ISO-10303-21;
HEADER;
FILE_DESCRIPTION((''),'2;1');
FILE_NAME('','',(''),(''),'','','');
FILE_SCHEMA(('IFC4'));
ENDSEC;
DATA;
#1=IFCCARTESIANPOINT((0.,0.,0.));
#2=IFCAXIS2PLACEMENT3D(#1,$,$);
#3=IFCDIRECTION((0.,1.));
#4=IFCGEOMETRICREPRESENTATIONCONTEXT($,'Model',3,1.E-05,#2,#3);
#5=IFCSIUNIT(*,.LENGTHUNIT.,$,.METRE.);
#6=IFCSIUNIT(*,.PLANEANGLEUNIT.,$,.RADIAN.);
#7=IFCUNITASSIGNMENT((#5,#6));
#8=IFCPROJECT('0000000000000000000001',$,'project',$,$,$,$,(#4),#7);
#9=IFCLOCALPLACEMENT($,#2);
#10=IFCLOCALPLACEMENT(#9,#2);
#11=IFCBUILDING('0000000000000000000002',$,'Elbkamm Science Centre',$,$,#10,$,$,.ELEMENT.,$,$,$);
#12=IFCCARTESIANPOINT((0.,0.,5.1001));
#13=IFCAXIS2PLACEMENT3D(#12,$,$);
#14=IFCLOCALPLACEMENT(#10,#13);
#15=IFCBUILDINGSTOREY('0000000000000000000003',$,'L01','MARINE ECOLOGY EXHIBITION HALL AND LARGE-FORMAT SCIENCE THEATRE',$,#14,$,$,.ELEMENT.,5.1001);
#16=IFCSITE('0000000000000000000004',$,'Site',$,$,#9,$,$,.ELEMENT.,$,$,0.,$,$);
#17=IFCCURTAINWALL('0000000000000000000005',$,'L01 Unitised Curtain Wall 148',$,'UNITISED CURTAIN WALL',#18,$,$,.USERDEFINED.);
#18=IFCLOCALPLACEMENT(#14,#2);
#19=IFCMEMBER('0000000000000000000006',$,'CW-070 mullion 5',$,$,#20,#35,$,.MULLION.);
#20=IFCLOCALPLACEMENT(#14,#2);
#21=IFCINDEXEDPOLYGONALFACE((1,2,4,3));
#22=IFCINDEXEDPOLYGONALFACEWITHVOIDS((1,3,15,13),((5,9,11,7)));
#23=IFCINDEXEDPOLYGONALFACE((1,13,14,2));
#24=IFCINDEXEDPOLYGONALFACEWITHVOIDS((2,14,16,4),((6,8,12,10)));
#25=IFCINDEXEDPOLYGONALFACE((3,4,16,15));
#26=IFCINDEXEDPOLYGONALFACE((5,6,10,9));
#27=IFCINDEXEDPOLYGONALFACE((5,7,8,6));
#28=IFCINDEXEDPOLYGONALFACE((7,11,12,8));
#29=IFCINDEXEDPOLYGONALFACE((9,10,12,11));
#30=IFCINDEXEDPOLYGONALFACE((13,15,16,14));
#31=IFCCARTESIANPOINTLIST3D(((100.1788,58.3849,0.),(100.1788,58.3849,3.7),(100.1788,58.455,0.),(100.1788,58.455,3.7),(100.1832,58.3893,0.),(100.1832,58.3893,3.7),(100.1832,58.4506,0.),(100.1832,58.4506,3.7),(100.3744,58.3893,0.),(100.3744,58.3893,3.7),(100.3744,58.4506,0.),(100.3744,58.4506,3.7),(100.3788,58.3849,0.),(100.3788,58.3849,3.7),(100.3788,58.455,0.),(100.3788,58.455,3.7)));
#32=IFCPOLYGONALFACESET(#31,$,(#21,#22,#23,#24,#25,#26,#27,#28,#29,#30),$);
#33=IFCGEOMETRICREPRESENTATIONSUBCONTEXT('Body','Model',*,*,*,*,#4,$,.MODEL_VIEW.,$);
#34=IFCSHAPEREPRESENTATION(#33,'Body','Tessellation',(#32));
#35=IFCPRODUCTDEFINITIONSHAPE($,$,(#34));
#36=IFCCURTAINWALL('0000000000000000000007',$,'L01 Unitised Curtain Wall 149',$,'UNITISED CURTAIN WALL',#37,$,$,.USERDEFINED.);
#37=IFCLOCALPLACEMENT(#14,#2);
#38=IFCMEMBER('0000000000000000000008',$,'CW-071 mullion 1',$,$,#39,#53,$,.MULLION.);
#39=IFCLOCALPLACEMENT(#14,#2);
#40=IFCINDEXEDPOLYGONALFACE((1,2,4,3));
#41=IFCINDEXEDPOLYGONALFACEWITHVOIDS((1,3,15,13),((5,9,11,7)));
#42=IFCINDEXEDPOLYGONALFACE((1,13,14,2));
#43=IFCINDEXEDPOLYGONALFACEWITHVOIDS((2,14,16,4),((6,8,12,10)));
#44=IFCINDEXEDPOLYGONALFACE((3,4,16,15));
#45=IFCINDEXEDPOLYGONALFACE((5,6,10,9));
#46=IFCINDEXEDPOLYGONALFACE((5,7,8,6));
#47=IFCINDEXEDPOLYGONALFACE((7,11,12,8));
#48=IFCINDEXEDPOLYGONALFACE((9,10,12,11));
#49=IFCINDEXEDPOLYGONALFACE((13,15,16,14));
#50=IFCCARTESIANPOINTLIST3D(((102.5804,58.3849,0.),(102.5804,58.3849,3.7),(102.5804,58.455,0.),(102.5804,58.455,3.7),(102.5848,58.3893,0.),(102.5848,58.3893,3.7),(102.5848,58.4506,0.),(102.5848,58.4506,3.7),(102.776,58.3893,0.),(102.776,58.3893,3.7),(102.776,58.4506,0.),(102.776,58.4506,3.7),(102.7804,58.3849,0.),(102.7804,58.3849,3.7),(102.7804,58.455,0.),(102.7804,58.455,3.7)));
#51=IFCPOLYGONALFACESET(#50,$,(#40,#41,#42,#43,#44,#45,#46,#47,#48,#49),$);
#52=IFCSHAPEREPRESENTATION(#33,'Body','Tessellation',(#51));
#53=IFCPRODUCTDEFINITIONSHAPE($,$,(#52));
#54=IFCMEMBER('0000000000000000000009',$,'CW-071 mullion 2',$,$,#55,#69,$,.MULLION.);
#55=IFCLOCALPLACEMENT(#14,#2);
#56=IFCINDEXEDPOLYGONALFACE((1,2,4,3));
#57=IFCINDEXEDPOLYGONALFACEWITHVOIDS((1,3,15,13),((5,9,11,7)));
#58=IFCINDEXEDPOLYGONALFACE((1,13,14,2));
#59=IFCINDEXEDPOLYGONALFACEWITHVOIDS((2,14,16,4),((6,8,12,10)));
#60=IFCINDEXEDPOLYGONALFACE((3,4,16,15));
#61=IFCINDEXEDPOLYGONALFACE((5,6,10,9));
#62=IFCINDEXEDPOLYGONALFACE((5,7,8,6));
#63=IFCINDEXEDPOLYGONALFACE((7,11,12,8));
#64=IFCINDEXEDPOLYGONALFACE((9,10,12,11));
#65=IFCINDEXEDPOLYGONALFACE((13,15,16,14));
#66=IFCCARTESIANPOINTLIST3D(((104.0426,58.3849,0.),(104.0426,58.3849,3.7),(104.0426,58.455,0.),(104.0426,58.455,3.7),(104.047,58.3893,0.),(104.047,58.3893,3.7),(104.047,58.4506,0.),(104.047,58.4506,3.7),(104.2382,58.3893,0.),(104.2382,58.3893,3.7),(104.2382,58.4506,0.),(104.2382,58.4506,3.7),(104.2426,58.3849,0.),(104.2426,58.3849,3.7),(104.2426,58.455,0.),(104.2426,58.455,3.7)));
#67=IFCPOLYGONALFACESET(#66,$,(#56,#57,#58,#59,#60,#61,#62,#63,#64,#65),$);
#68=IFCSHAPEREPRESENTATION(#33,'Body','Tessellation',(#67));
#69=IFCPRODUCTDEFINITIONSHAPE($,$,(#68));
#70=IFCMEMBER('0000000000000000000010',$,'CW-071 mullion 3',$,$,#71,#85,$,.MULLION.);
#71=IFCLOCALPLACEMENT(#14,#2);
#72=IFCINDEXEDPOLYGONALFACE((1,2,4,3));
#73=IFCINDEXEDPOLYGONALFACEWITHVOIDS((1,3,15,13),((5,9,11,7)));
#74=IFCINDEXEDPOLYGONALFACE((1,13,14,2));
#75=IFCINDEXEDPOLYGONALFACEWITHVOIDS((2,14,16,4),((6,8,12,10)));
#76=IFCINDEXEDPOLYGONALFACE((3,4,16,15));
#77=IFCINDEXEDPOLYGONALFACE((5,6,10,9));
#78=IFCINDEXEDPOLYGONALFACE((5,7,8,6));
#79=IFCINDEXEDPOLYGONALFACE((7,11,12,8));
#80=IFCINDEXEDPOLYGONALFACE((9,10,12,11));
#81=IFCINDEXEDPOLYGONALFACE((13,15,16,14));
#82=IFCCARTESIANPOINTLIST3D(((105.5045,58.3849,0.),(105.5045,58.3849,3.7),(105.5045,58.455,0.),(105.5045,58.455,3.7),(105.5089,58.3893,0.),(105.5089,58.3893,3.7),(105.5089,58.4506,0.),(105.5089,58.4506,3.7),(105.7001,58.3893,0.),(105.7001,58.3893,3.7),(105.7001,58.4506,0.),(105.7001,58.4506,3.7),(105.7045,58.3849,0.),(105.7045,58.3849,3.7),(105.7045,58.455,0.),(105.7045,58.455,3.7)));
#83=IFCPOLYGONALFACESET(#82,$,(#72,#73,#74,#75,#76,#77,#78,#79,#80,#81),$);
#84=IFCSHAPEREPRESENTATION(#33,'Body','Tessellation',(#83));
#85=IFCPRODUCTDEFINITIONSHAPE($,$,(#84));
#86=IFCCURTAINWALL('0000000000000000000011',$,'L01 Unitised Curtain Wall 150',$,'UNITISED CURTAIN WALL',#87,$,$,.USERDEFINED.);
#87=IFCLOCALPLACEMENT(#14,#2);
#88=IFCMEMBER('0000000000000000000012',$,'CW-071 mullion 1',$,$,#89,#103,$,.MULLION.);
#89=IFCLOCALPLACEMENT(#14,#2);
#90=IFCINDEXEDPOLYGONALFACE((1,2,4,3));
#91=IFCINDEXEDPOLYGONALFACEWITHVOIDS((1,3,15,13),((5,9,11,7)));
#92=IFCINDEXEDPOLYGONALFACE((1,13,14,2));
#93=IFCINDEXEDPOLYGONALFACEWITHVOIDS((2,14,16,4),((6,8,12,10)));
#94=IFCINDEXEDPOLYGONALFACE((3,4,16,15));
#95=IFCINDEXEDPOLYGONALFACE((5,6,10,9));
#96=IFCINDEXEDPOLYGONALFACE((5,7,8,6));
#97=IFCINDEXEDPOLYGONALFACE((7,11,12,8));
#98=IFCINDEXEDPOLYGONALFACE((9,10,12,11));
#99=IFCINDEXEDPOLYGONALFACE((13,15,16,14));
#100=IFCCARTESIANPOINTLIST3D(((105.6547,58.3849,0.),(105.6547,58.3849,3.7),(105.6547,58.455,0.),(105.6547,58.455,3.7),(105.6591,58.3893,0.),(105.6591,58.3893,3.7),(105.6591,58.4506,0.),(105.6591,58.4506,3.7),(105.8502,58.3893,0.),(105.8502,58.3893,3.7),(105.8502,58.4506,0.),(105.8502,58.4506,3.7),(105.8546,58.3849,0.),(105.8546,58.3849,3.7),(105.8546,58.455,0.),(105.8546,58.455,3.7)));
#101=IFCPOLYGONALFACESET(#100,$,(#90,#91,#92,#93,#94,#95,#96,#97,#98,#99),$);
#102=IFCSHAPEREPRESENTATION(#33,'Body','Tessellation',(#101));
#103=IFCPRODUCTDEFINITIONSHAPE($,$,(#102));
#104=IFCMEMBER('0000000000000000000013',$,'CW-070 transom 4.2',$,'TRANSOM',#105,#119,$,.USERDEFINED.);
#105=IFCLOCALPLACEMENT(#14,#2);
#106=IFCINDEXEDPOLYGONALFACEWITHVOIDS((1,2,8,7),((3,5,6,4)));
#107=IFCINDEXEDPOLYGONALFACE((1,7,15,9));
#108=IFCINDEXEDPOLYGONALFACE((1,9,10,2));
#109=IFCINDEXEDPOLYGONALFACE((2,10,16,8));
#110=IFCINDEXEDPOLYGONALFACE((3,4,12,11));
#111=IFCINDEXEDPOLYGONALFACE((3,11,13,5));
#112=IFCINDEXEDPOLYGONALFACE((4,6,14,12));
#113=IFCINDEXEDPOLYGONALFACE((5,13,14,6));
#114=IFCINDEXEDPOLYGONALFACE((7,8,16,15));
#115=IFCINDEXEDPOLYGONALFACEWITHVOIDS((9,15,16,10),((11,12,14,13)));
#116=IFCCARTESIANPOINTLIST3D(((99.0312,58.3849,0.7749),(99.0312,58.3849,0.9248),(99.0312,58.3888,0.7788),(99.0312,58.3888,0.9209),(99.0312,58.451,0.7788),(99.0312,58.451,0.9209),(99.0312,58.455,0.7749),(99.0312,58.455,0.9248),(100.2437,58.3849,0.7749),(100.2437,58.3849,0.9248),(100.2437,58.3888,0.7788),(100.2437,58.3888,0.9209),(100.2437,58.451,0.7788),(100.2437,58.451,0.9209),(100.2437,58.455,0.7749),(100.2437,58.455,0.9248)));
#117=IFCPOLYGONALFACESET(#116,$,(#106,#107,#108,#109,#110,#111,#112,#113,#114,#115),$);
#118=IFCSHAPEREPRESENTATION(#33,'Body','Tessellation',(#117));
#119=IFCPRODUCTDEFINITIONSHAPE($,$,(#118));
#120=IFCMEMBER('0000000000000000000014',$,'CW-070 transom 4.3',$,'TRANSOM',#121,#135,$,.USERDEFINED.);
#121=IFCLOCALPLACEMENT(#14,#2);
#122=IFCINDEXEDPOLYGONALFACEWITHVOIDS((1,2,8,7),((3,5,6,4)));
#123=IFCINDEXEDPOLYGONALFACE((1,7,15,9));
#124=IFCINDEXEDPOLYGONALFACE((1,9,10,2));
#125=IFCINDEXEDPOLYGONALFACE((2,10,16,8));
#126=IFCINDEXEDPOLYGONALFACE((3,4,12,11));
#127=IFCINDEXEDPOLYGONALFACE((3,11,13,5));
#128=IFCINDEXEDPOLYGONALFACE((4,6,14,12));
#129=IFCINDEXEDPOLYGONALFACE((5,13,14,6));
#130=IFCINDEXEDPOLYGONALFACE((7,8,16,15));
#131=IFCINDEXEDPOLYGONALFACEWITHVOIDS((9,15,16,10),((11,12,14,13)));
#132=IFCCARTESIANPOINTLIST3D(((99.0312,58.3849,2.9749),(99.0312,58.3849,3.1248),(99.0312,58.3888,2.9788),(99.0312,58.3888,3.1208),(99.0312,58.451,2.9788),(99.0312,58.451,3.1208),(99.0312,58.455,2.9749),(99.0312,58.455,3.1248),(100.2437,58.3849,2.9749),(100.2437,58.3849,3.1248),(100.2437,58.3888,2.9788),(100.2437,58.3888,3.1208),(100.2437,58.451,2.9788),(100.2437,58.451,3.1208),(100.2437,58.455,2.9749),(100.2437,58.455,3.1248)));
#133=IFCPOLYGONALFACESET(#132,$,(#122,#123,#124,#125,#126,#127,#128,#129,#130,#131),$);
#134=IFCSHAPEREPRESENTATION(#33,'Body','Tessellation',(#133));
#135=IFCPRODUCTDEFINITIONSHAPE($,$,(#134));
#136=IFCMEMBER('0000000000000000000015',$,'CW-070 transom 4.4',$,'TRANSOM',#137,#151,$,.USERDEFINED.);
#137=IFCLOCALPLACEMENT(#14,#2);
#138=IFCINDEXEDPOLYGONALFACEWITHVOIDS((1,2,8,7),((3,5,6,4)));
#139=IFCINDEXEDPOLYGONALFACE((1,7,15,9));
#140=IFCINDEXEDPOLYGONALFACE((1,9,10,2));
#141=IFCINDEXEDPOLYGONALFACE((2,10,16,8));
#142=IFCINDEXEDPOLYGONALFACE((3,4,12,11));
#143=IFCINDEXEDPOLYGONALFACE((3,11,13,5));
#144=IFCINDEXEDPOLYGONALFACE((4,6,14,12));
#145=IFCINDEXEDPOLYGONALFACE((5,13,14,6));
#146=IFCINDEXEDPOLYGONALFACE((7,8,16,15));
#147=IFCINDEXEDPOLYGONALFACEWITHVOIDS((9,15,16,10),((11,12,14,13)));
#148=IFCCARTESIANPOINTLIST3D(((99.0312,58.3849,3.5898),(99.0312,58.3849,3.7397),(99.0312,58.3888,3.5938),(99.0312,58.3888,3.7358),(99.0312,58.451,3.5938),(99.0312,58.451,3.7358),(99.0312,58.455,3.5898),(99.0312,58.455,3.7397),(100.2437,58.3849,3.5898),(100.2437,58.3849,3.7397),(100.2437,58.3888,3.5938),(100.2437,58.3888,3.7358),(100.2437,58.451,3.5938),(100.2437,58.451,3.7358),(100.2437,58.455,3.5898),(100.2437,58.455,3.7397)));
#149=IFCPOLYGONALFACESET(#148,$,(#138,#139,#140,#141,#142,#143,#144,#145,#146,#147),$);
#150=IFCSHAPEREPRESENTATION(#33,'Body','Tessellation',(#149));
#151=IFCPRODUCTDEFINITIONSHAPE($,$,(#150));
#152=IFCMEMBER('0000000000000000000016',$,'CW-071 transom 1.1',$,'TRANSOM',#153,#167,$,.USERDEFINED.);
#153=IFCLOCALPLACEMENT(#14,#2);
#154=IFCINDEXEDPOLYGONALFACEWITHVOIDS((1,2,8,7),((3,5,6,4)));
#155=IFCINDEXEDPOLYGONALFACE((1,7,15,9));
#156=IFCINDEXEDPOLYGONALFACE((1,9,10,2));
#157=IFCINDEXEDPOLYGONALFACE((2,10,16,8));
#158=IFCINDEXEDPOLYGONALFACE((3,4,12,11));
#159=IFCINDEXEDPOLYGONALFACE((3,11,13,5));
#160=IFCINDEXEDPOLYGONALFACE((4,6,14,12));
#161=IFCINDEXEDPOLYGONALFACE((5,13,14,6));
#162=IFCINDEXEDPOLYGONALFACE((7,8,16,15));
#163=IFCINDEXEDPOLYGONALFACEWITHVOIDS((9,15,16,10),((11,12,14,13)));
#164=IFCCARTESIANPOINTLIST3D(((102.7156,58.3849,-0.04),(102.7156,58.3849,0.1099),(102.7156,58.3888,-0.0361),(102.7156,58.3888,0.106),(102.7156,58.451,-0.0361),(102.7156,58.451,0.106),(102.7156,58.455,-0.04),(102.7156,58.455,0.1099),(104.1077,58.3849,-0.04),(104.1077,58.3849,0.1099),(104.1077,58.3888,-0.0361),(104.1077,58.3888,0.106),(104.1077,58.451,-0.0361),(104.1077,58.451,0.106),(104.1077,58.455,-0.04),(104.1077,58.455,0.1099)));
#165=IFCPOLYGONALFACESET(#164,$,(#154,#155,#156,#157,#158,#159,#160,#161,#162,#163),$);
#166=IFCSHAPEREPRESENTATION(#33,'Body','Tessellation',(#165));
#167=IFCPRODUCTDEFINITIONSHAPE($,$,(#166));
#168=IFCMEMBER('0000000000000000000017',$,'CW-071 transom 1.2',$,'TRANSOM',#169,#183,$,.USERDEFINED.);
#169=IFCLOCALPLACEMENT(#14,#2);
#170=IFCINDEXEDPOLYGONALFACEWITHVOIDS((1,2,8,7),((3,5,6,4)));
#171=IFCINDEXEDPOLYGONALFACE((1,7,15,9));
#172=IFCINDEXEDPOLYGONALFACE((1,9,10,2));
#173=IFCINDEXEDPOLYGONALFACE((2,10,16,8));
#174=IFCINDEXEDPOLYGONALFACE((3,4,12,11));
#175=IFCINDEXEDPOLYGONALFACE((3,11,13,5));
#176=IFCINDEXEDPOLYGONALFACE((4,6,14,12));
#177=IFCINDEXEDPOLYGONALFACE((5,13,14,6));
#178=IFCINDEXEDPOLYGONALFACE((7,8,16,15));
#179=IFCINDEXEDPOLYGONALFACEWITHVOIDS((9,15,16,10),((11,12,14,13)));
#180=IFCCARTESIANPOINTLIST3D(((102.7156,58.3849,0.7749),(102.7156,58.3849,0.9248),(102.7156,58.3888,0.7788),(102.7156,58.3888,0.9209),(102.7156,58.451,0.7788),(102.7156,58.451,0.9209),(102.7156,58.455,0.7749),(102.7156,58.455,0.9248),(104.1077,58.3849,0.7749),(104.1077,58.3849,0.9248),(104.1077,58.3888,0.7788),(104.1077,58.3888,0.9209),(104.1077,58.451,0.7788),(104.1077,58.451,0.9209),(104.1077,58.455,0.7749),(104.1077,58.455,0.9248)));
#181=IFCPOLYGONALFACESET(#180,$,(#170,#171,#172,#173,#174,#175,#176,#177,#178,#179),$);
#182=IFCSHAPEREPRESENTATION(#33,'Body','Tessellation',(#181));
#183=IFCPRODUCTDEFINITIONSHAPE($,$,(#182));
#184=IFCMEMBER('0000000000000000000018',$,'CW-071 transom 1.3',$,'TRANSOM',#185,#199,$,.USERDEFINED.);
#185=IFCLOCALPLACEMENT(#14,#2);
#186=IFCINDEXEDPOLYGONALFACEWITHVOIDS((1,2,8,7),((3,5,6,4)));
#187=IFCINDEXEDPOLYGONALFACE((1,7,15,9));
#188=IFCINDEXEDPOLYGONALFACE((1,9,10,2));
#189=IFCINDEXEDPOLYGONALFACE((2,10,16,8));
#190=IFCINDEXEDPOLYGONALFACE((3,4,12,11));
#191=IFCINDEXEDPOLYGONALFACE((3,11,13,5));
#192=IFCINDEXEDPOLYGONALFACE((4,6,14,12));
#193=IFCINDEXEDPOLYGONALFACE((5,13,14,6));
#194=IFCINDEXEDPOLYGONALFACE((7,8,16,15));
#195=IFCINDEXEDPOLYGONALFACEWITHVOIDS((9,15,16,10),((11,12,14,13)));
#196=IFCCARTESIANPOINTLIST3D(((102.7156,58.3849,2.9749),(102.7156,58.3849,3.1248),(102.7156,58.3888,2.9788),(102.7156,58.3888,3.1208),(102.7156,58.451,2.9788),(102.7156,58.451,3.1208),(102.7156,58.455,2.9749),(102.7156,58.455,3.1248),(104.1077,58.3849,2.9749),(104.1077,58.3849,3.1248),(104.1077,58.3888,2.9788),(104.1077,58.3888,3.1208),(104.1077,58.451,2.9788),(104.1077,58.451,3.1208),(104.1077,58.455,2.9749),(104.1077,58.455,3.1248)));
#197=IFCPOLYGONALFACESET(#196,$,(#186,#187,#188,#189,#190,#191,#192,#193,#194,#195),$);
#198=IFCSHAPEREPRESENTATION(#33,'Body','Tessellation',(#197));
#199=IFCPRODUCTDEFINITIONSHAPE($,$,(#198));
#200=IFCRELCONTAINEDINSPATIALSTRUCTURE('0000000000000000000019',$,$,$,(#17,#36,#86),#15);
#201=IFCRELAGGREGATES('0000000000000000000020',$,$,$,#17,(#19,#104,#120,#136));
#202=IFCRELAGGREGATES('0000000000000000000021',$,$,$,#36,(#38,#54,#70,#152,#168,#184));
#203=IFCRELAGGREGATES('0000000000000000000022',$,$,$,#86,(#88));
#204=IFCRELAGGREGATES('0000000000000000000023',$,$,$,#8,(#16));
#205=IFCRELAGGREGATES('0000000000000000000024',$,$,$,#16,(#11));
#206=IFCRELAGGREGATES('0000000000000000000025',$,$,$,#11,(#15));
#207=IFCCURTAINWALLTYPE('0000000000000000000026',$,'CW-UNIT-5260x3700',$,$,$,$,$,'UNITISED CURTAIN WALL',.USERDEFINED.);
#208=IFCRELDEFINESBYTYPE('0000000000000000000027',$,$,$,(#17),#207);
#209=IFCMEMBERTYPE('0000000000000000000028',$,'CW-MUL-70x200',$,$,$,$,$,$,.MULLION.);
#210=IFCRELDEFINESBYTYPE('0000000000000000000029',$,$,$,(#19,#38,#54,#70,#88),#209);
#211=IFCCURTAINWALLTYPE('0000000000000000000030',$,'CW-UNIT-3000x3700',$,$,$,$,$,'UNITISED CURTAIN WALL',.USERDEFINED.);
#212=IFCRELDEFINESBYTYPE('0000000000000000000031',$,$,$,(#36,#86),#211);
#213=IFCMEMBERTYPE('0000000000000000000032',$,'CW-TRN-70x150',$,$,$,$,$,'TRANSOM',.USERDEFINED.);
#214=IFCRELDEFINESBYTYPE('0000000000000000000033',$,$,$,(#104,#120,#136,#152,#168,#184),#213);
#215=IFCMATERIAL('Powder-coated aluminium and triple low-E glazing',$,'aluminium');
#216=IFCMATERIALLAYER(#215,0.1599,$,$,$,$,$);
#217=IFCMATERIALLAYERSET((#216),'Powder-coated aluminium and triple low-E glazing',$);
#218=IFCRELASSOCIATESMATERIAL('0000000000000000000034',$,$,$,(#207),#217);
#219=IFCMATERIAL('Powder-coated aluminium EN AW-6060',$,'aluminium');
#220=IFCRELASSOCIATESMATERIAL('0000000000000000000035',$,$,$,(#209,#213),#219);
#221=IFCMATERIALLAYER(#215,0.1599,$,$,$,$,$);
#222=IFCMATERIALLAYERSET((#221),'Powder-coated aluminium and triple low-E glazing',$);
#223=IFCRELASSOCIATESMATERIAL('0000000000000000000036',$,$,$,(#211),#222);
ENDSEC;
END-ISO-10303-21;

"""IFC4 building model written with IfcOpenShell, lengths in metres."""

from ifc_helpers import new_model, si_unit, direction, frame, origin, origin_2d, place, context, subcontext, project, spatial, hollow_rectangle, extrude, material, layer, layer_set, material_profile, profile_set, type_object, element, aggregate, save


model = new_model("IFC4")

# Units and contexts
model_context = context("Model", 3, precision=1e-05, world=origin(), true_north=direction((0.0, 1.0)))
body_context = subcontext(model_context, "Body", "Model", "MODEL_VIEW")
ifc_project = project(units=[si_unit("LENGTHUNIT", "METRE"), si_unit("PLANEANGLEUNIT", "RADIAN")], contexts=[model_context])

# Site, building, storey
site_placement = place(None, origin())
site = spatial("IfcSite", under=ifc_project, at=site_placement, Name="Site", CompositionType="ELEMENT", RefElevation=0.0)
building_placement = place(site_placement, origin())
building = spatial("IfcBuilding", under=site, at=building_placement, Name="Elbkamm Science Centre", CompositionType="ELEMENT")
storey_placement = place(building_placement, frame((0.0, 0.0, 5.1001)))
storey = spatial("IfcBuildingStorey", under=building, at=storey_placement, Name="L01", Description="MARINE ECOLOGY EXHIBITION HALL AND LARGE-FORMAT SCIENCE THEATRE", CompositionType="ELEMENT", Elevation=5.1001)

# Curtain wall, member
ifc_material_1 = material(Name="Powder-coated aluminium and triple low-E glazing", Category="aluminium")
ifc_layer_1 = layer(ifc_material_1, 0.1599)
ifc_layer_set_1 = layer_set([ifc_layer_1], Name="Powder-coated aluminium and triple low-E glazing")
curtain_wall_type_1 = type_object("IfcCurtainWallType", Name="CW-UNIT-5260x3700", ElementType="UNITISED CURTAIN WALL", PredefinedType="USERDEFINED", material=ifc_layer_set_1)
curtain_wall_1_placement = place(storey_placement, origin())
curtain_wall_1 = element("IfcCurtainWall", 1, at=curtain_wall_1_placement, inside=storey, type_object=curtain_wall_type_1, Name="L01 Unitised Curtain Wall 148", ObjectType="UNITISED CURTAIN WALL", PredefinedType="USERDEFINED")
ifc_material_2 = material(Name="Powder-coated aluminium EN AW-6060", Category="aluminium")
ifc_material_profile_1 = material_profile(ifc_material_2, hollow_rectangle(XDim=0.0701, YDim=0.2, WallThickness=0.0044, at=origin_2d()), Name="ALU M70x200")
ifc_profile_set_1 = profile_set([ifc_material_profile_1], Name="Powder-coated aluminium EN AW-6060")
member_type_1 = type_object("IfcMemberType", Name="CW-MUL-70x200", PredefinedType="MULLION", material=ifc_profile_set_1)
member_1_placement = place(storey_placement, frame((100.2788, 58.4199, 0.0), z_axis=(0.0, 0.0, 1.0), x_axis=(0.0, 1.0, 0.0)))
member_1 = element("IfcMember", 2, at=member_1_placement, type_object=member_type_1, Name="CW-070 mullion 5", PredefinedType="MULLION", context=body_context, shape_type="SweptSolid", body=[
    extrude(hollow_rectangle(XDim=0.0701, YDim=0.2, WallThickness=0.0044, at=origin_2d()), origin(), (0.0, 0.0, 1.0), 3.7),
])

# Curtain wall, members
ifc_layer_2 = layer(ifc_material_1, 0.1599)
ifc_layer_set_2 = layer_set([ifc_layer_2], Name="Powder-coated aluminium and triple low-E glazing")
curtain_wall_type_2 = type_object("IfcCurtainWallType", Name="CW-UNIT-3000x3700", ElementType="UNITISED CURTAIN WALL", PredefinedType="USERDEFINED", material=ifc_layer_set_2)
curtain_wall_2_placement = place(storey_placement, origin())
curtain_wall_2 = element("IfcCurtainWall", 3, at=curtain_wall_2_placement, inside=storey, type_object=curtain_wall_type_2, Name="L01 Unitised Curtain Wall 149", ObjectType="UNITISED CURTAIN WALL", PredefinedType="USERDEFINED")
member_2_placement = place(storey_placement, frame((102.6804, 58.4199, 0.0), z_axis=(0.0, 0.0, 1.0), x_axis=(0.0, 1.0, 0.0)))
member_2 = element("IfcMember", 4, at=member_2_placement, type_object=member_type_1, Name="CW-071 mullion 1", PredefinedType="MULLION", context=body_context, shape_type="SweptSolid", body=[
    extrude(hollow_rectangle(XDim=0.0701, YDim=0.2, WallThickness=0.0044, at=origin_2d()), origin(), (0.0, 0.0, 1.0), 3.7),
])
member_3_placement = place(storey_placement, frame((104.1426, 58.4199, 0.0), z_axis=(0.0, 0.0, 1.0), x_axis=(0.0, 1.0, 0.0)))
member_3 = element("IfcMember", 5, at=member_3_placement, type_object=member_type_1, Name="CW-071 mullion 2", PredefinedType="MULLION", context=body_context, shape_type="SweptSolid", body=[
    extrude(hollow_rectangle(XDim=0.0701, YDim=0.2, WallThickness=0.0044, at=origin_2d()), origin(), (0.0, 0.0, 1.0), 3.7),
])
member_4_placement = place(storey_placement, frame((105.6045, 58.4199, 0.0), z_axis=(0.0, 0.0, 1.0), x_axis=(0.0, 1.0, 0.0)))
member_4 = element("IfcMember", 6, at=member_4_placement, type_object=member_type_1, Name="CW-071 mullion 3", PredefinedType="MULLION", context=body_context, shape_type="SweptSolid", body=[
    extrude(hollow_rectangle(XDim=0.0701, YDim=0.2, WallThickness=0.0044, at=origin_2d()), origin(), (0.0, 0.0, 1.0), 3.7),
])

# Curtain wall, member
curtain_wall_3_placement = place(storey_placement, origin())
curtain_wall_3 = element("IfcCurtainWall", 7, at=curtain_wall_3_placement, inside=storey, type_object=curtain_wall_type_2, Name="L01 Unitised Curtain Wall 150", ObjectType="UNITISED CURTAIN WALL", PredefinedType="USERDEFINED")
member_5_placement = place(storey_placement, frame((105.7546, 58.4199, 0.0), z_axis=(0.0, 0.0, 1.0), x_axis=(0.0, 1.0, 0.0)))
member_5 = element("IfcMember", 8, at=member_5_placement, type_object=member_type_1, Name="CW-071 mullion 1", PredefinedType="MULLION", context=body_context, shape_type="SweptSolid", body=[
    extrude(hollow_rectangle(XDim=0.0701, YDim=0.2, WallThickness=0.0044, at=origin_2d()), origin(), (0.0, 0.0, 1.0), 3.7),
])

# Members
ifc_material_profile_2 = material_profile(ifc_material_2, hollow_rectangle(XDim=0.0701, YDim=0.1499, WallThickness=0.0039, at=origin_2d()), Name="ALU T70x150")
ifc_profile_set_2 = profile_set([ifc_material_profile_2], Name="Powder-coated aluminium EN AW-6060")
member_type_2 = type_object("IfcMemberType", Name="CW-TRN-70x150", ElementType="TRANSOM", PredefinedType="USERDEFINED", material=ifc_profile_set_2)
member_6_placement = place(storey_placement, frame((99.0312, 58.4199, 0.8499), z_axis=(1.0, 0.0, 0.0), x_axis=(0.0, 1.0, 0.0)))
member_6 = element("IfcMember", 9, at=member_6_placement, type_object=member_type_2, Name="CW-070 transom 4.2", ObjectType="TRANSOM", PredefinedType="USERDEFINED", context=body_context, shape_type="SweptSolid", body=[
    extrude(hollow_rectangle(XDim=0.0701, YDim=0.1499, WallThickness=0.0039, at=origin_2d()), origin(), (0.0, 0.0, 1.0), 1.2124),
])
member_7_placement = place(storey_placement, frame((99.0312, 58.4199, 3.0498), z_axis=(1.0, 0.0, 0.0), x_axis=(0.0, 1.0, 0.0)))
member_7 = element("IfcMember", 10, at=member_7_placement, type_object=member_type_2, Name="CW-070 transom 4.3", ObjectType="TRANSOM", PredefinedType="USERDEFINED", context=body_context, shape_type="SweptSolid", body=[
    extrude(hollow_rectangle(XDim=0.0701, YDim=0.1499, WallThickness=0.0039, at=origin_2d()), origin(), (0.0, 0.0, 1.0), 1.2124),
])
member_8_placement = place(storey_placement, frame((99.0312, 58.4199, 3.6648), z_axis=(1.0, 0.0, 0.0), x_axis=(0.0, 1.0, 0.0)))
member_8 = element("IfcMember", 11, at=member_8_placement, type_object=member_type_2, Name="CW-070 transom 4.4", ObjectType="TRANSOM", PredefinedType="USERDEFINED", context=body_context, shape_type="SweptSolid", body=[
    extrude(hollow_rectangle(XDim=0.0701, YDim=0.1499, WallThickness=0.0039, at=origin_2d()), origin(), (0.0, 0.0, 1.0), 1.2124),
])
member_9_placement = place(storey_placement, frame((102.7156, 58.4199, 0.0349), z_axis=(1.0, 0.0, 0.0), x_axis=(0.0, 1.0, 0.0)))
member_9 = element("IfcMember", 12, at=member_9_placement, type_object=member_type_2, Name="CW-071 transom 1.1", ObjectType="TRANSOM", PredefinedType="USERDEFINED", context=body_context, shape_type="SweptSolid", body=[
    extrude(hollow_rectangle(XDim=0.0701, YDim=0.1499, WallThickness=0.0039, at=origin_2d()), origin(), (0.0, 0.0, 1.0), 1.3921),
])
member_10_placement = place(storey_placement, frame((102.7156, 58.4199, 0.8499), z_axis=(1.0, 0.0, 0.0), x_axis=(0.0, 1.0, 0.0)))
member_10 = element("IfcMember", 13, at=member_10_placement, type_object=member_type_2, Name="CW-071 transom 1.2", ObjectType="TRANSOM", PredefinedType="USERDEFINED", context=body_context, shape_type="SweptSolid", body=[
    extrude(hollow_rectangle(XDim=0.0701, YDim=0.1499, WallThickness=0.0039, at=origin_2d()), origin(), (0.0, 0.0, 1.0), 1.3921),
])
member_11_placement = place(storey_placement, frame((102.7156, 58.4199, 3.0498), z_axis=(1.0, 0.0, 0.0), x_axis=(0.0, 1.0, 0.0)))
member_11 = element("IfcMember", 14, at=member_11_placement, type_object=member_type_2, Name="CW-071 transom 1.3", ObjectType="TRANSOM", PredefinedType="USERDEFINED", context=body_context, shape_type="SweptSolid", body=[
    extrude(hollow_rectangle(XDim=0.0701, YDim=0.1499, WallThickness=0.0039, at=origin_2d()), origin(), (0.0, 0.0, 1.0), 1.3921),
])

aggregate(curtain_wall_1, [member_1, member_6, member_7, member_8])
aggregate(curtain_wall_2, [member_2, member_3, member_4, member_9, member_10, member_11])
aggregate(curtain_wall_3, [member_5])

save(model, "model.ifc")
